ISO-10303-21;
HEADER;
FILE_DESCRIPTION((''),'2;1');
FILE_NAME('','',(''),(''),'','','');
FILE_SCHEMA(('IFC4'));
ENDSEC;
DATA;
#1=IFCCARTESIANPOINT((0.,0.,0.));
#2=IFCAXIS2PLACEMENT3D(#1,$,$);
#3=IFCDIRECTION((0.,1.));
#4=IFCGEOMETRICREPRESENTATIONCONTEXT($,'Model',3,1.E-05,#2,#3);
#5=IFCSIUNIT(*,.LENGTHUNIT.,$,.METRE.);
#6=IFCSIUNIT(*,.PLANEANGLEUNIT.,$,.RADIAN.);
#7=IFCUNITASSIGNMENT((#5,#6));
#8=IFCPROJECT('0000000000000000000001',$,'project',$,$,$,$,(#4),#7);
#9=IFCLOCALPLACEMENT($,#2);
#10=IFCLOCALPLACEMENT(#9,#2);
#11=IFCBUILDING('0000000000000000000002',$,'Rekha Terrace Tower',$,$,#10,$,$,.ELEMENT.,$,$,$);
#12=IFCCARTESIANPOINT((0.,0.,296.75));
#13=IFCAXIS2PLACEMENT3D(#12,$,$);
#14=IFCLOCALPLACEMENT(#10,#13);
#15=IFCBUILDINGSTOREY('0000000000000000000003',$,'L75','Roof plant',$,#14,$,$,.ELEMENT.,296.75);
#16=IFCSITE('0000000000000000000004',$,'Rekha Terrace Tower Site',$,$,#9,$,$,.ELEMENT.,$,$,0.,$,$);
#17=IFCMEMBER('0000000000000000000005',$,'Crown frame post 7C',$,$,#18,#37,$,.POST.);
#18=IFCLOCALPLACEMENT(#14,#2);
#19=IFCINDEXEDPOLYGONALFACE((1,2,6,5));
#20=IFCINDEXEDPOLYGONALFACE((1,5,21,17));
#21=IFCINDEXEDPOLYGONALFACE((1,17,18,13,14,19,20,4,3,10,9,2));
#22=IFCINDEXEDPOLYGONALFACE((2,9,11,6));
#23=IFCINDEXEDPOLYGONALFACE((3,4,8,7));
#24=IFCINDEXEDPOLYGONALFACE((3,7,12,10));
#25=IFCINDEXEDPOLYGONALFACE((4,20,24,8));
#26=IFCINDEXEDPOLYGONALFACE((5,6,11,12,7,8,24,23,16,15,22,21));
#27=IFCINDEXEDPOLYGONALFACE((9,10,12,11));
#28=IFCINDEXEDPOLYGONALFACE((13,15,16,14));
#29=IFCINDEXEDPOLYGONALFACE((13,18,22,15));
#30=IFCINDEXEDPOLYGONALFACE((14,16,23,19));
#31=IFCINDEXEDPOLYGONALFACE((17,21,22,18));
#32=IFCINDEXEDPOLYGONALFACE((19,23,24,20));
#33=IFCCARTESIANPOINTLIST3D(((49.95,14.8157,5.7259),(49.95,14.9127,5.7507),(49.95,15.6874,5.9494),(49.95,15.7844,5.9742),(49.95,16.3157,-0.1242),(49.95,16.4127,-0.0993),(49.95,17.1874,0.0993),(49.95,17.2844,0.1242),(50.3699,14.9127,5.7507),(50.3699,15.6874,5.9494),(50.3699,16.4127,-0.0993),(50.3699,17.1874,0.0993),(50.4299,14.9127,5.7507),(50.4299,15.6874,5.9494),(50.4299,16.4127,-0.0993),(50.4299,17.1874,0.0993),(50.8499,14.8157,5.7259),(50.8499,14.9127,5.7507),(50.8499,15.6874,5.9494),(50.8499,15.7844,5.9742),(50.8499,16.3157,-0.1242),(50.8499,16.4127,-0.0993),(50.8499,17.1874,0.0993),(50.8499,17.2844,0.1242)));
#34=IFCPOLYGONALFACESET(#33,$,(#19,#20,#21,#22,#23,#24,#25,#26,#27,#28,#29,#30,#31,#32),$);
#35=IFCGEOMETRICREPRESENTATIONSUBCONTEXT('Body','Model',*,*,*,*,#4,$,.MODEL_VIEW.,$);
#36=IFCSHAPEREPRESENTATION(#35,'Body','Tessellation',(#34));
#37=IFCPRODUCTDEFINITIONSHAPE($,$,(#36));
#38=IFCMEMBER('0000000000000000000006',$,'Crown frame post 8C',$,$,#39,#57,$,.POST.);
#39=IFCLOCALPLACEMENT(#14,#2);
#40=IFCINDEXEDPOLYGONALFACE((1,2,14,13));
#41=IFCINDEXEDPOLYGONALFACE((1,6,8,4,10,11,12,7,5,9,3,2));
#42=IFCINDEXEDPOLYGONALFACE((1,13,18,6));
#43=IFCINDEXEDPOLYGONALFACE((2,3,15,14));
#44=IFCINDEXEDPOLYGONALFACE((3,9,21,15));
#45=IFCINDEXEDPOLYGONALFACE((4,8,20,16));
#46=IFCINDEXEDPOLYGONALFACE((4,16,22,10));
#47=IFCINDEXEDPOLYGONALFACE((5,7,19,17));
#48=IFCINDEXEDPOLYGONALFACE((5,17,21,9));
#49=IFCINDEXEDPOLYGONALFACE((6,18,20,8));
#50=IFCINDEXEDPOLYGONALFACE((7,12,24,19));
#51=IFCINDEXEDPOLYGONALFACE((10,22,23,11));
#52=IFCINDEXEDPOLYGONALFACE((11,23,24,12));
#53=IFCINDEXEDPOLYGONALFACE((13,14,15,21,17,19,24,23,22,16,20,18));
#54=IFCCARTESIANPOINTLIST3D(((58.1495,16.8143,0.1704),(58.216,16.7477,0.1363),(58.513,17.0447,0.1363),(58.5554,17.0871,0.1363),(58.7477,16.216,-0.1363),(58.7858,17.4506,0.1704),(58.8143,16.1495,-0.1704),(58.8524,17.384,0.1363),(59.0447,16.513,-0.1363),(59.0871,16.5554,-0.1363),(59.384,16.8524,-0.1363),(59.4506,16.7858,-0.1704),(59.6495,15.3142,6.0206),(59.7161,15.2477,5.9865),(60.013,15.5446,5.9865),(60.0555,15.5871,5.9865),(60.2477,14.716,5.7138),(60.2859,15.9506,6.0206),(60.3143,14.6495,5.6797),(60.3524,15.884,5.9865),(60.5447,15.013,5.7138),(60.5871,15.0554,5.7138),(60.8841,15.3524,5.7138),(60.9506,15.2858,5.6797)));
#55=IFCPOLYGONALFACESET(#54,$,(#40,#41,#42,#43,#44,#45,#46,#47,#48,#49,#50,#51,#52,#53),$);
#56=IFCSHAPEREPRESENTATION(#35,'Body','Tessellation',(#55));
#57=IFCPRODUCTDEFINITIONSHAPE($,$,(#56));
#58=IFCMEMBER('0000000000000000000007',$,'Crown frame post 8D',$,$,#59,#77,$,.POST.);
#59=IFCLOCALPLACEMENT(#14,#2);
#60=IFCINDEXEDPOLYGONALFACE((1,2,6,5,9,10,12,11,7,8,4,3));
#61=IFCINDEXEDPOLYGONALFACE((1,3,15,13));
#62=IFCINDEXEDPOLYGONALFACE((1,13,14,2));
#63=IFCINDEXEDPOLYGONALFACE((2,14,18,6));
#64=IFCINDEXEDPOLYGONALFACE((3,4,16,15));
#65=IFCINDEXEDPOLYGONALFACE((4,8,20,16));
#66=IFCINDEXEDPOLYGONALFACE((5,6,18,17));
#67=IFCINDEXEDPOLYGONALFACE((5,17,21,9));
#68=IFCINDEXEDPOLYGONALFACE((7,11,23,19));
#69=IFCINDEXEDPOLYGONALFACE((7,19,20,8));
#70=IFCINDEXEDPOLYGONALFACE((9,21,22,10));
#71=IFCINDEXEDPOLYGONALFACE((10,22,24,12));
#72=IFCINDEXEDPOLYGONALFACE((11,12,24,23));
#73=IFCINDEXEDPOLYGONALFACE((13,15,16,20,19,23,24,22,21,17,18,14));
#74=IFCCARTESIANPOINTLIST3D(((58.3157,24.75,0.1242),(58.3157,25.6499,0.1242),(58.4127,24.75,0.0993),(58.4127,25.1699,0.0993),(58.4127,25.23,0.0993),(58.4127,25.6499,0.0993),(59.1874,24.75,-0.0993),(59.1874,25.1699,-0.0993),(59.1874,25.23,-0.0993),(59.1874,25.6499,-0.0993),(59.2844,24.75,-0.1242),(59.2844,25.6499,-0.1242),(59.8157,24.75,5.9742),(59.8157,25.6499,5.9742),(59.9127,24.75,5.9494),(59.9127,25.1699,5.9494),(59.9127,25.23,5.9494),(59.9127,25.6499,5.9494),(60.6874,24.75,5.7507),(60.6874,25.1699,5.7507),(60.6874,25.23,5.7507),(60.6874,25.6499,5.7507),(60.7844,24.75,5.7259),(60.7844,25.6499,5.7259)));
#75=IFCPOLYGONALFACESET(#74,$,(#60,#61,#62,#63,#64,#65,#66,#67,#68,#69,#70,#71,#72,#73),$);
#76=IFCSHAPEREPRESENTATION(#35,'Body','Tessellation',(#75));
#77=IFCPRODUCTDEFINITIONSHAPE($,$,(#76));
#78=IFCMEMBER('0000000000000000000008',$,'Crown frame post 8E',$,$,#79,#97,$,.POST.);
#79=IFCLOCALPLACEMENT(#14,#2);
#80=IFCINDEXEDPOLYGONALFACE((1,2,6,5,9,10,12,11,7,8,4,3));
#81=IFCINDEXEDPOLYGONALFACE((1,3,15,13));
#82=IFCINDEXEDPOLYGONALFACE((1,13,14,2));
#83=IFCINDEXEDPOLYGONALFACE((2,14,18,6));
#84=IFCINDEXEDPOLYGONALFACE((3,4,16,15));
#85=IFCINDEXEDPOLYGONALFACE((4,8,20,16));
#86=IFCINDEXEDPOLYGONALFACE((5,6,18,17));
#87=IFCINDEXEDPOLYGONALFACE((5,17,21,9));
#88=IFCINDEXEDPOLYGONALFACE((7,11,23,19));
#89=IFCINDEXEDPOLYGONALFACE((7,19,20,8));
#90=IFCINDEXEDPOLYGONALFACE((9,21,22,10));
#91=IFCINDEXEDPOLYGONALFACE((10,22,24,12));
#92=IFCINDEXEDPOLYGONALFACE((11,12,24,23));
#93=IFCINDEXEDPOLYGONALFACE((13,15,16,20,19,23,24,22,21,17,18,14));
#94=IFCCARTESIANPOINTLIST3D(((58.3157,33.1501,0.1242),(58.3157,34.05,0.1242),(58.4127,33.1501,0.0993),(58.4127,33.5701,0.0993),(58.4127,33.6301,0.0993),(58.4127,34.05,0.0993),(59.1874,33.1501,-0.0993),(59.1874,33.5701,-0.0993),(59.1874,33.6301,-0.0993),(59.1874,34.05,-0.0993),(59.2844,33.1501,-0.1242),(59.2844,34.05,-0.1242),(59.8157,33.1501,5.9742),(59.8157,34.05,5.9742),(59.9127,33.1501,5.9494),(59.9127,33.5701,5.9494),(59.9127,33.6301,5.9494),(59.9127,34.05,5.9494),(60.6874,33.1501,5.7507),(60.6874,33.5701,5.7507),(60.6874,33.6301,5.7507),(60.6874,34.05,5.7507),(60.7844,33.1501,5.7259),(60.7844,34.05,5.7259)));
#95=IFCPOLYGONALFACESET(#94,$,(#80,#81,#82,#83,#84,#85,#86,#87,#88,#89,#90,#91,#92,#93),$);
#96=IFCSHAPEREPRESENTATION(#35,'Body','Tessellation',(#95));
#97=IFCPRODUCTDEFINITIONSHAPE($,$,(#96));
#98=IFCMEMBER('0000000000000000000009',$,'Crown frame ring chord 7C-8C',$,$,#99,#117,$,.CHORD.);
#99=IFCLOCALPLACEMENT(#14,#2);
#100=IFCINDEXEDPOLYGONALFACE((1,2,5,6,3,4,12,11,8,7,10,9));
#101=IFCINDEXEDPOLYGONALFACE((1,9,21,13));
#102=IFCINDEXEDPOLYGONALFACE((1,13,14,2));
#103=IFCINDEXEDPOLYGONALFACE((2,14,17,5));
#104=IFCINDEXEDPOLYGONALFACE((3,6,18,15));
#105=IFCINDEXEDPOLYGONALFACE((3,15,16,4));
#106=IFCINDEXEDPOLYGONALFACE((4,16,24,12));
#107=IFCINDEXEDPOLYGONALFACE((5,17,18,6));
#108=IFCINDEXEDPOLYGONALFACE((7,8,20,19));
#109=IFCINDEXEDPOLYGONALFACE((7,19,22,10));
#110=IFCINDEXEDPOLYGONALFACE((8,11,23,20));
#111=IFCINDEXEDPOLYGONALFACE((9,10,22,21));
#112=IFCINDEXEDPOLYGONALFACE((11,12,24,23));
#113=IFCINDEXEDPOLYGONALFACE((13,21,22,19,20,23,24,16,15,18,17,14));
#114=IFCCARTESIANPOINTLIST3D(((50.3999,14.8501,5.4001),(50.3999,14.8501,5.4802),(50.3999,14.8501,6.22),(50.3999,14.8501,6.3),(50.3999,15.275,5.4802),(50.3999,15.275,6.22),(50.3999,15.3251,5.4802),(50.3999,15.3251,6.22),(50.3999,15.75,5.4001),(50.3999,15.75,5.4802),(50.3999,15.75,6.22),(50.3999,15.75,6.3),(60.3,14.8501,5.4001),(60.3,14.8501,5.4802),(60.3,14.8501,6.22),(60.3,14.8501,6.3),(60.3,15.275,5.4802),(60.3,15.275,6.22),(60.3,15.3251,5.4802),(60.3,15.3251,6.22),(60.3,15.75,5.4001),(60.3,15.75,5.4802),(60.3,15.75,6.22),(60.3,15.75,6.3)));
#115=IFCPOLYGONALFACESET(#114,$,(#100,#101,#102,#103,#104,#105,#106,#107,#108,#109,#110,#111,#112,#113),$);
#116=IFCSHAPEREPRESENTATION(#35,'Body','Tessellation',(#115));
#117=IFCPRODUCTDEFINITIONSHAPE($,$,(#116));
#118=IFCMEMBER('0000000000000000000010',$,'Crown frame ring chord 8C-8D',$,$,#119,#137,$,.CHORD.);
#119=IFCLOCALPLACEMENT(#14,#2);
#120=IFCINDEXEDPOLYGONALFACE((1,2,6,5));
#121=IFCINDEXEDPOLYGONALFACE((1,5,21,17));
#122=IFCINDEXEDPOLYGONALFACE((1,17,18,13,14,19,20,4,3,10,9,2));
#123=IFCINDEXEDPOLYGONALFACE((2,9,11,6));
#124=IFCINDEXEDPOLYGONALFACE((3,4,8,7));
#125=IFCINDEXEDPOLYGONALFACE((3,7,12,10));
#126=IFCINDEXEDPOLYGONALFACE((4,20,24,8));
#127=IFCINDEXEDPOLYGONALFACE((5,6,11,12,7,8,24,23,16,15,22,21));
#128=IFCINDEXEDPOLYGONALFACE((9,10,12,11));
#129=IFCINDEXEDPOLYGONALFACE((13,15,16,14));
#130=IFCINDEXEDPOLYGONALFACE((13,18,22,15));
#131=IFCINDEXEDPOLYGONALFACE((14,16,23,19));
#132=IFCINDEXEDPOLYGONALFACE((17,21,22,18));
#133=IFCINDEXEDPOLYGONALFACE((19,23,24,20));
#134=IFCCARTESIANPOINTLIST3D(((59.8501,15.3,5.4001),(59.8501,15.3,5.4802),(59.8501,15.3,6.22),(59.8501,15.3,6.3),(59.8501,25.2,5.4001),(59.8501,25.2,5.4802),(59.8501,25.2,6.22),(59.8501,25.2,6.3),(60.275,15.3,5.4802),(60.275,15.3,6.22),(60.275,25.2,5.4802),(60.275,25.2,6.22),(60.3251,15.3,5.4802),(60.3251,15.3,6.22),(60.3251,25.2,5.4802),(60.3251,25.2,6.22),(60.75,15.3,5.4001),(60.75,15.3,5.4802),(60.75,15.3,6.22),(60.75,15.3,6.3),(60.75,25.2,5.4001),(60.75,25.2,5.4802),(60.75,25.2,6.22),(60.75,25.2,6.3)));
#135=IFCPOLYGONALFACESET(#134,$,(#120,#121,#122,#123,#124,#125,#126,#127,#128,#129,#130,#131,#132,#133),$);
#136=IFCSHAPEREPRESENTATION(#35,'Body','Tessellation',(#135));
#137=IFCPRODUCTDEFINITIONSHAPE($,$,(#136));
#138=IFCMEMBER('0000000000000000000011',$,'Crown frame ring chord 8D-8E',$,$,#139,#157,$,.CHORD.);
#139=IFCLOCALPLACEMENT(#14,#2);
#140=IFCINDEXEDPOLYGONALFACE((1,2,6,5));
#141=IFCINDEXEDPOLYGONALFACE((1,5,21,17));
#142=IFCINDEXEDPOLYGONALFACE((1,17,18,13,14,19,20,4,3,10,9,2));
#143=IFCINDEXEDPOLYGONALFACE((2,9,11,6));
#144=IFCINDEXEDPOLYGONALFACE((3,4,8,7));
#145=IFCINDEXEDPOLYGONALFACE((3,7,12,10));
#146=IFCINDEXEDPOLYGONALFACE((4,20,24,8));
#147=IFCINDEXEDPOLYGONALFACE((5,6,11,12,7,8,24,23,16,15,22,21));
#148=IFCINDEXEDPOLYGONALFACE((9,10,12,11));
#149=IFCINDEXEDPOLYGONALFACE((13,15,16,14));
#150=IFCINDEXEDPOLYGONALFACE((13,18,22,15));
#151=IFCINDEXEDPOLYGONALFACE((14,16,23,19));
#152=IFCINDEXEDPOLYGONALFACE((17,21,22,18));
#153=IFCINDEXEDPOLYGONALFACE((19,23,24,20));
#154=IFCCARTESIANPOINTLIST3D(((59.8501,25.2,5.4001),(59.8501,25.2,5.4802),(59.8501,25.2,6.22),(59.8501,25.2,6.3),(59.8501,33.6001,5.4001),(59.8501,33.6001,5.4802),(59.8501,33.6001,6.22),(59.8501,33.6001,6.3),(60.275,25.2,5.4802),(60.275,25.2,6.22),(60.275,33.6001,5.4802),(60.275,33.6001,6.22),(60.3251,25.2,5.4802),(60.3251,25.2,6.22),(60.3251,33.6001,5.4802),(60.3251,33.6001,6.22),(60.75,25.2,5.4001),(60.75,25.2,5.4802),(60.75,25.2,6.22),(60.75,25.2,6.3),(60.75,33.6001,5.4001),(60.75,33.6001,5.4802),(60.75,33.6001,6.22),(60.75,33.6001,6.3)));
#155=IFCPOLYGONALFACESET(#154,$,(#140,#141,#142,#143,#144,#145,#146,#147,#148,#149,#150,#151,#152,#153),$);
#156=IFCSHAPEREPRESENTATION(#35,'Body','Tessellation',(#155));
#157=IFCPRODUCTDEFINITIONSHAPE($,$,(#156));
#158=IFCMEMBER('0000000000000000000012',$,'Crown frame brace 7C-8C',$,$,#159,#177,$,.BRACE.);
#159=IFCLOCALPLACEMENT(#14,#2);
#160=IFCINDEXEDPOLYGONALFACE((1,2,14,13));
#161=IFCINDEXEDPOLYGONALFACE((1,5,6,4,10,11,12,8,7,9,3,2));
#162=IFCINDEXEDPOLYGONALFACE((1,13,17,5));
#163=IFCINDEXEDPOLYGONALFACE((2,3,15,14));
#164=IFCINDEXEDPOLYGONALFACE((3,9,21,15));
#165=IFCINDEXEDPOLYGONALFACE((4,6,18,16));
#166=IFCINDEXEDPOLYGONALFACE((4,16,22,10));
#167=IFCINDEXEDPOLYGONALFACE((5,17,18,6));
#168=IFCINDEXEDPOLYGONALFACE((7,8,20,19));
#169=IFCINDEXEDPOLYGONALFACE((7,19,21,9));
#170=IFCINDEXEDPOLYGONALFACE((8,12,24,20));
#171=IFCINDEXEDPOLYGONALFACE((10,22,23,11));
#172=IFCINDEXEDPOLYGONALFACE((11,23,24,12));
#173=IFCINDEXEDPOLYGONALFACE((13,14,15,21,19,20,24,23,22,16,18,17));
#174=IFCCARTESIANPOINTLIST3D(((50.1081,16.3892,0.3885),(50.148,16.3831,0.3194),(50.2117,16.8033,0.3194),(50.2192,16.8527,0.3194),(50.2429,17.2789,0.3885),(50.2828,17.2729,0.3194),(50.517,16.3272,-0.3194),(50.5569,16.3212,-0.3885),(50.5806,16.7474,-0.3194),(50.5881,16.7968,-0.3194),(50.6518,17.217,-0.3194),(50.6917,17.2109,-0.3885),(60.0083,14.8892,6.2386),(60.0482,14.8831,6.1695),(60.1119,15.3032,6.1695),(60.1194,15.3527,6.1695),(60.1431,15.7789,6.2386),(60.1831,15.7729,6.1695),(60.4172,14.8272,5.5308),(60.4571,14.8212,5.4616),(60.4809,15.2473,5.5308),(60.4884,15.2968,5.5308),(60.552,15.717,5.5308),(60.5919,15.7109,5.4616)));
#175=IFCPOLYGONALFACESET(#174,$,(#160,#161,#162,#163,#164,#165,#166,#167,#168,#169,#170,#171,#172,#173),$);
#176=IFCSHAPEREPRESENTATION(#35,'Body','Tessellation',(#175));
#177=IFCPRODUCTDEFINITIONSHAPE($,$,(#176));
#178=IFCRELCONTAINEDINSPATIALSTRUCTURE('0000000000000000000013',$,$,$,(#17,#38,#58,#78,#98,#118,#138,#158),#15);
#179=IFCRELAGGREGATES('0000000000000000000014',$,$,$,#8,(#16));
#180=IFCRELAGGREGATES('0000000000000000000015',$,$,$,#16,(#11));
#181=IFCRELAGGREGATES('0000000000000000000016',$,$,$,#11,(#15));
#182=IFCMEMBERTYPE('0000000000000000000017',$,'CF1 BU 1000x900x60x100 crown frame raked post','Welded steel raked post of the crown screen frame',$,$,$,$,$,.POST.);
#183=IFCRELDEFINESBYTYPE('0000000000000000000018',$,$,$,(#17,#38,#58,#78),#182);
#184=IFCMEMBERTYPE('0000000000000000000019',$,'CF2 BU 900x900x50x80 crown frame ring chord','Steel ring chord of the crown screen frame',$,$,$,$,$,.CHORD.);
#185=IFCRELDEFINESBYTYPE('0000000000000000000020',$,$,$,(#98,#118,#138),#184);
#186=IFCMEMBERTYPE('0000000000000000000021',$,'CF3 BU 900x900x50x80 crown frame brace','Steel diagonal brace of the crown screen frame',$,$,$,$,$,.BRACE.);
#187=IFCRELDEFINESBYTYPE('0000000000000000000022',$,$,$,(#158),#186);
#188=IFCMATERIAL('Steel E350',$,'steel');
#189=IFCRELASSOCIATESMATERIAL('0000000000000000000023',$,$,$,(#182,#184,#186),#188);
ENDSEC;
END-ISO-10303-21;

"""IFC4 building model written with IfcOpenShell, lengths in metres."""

from ifc_helpers import new_model, si_unit, direction, frame, origin, origin_2d, place, context, subcontext, project, spatial, i_section, extrude, material, material_profile, profile_set, type_object, element, save


model = new_model("IFC4")

# Units and contexts
model_context = context("Model", 3, precision=1e-05, world=origin(), true_north=direction((0.0, 1.0)))
body_context = subcontext(model_context, "Body", "Model", "MODEL_VIEW")
ifc_project = project(units=[si_unit("LENGTHUNIT", "METRE"), si_unit("PLANEANGLEUNIT", "RADIAN")], contexts=[model_context])

# Site, building, storey
site_placement = place(None, origin())
site = spatial("IfcSite", under=ifc_project, at=site_placement, Name="Rekha Terrace Tower Site", CompositionType="ELEMENT", RefElevation=0.0)
building_placement = place(site_placement, origin())
building = spatial("IfcBuilding", under=site, at=building_placement, Name="Rekha Terrace Tower", CompositionType="ELEMENT")
storey_placement = place(building_placement, frame((0.0, 0.0, 296.75)))
storey = spatial("IfcBuildingStorey", under=building, at=storey_placement, Name="L75", Description="Roof plant", CompositionType="ELEMENT", Elevation=296.75)

# Members
ifc_material_1 = material(Name="Steel E350", Category="steel")
ifc_material_profile_1 = material_profile(ifc_material_1, i_section(OverallWidth=0.8999, OverallDepth=1.0, WebThickness=0.0601, FlangeThickness=0.1001, at=origin_2d()), Name="BU 1000x900x60x100")
ifc_profile_set_1 = profile_set([ifc_material_profile_1], Name="Steel E350")
member_type_1 = type_object("IfcMemberType", Name="CF1 BU 1000x900x60x100 crown frame raked post", Description="Welded steel raked post of the crown screen frame", PredefinedType="POST", material=ifc_profile_set_1)
member_1_placement = place(storey_placement, frame((50.3999, 16.8, 0.0), z_axis=(0.0, -0.248371, 0.968665), x_axis=(1.0, 0.0, 0.0)))
element("IfcMember", 1, at=member_1_placement, inside=storey, type_object=member_type_1, Name="Crown frame post 7C", PredefinedType="POST", context=body_context, shape_type="SweptSolid", body=[
    extrude(i_section(OverallWidth=0.8999, OverallDepth=1.0, WebThickness=0.0601, FlangeThickness=0.1001, at=origin_2d()), origin(), (0.0, 0.0, 1.0), 6.0393),
])
member_2_placement = place(storey_placement, frame((58.8, 16.8, 0.0), z_axis=(0.241048, -0.241048, 0.940102), x_axis=(0.707107, 0.707107, 0.0)))
element("IfcMember", 2, at=member_2_placement, inside=storey, type_object=member_type_1, Name="Crown frame post 8C", PredefinedType="POST", context=body_context, shape_type="SweptSolid", body=[
    extrude(i_section(OverallWidth=0.8999, OverallDepth=1.0, WebThickness=0.0601, FlangeThickness=0.1001, at=origin_2d()), origin(), (0.0, 0.0, 1.0), 6.2229),
])
for number, where, z_axis, x_axis, name in (
    (3, (58.8, 25.2, 0.0), (0.248371, 0.0, 0.968665), (0.0, 1.0, 0.0), "Crown frame post 8D"),
    (4, (58.8, 33.6001, 0.0), (0.248371, 0.0, 0.968665), (0.0, 1.0, 0.0), "Crown frame post 8E"),
):
    element("IfcMember", number, at=place(storey_placement, frame(where, z_axis=z_axis, x_axis=x_axis)), inside=storey, type_object=member_type_1, Name=name, PredefinedType="POST", context=body_context, shape_type="SweptSolid", body=[
        extrude(i_section(OverallWidth=0.8999, OverallDepth=1.0, WebThickness=0.0601, FlangeThickness=0.1001, at=origin_2d()), origin(), (0.0, 0.0, 1.0), 6.0393),
    ])
ifc_material_profile_2 = material_profile(ifc_material_1, i_section(OverallWidth=0.8999, OverallDepth=0.8999, WebThickness=0.05, FlangeThickness=0.0801, at=origin_2d()), Name="BU 900x900x50x80")
ifc_profile_set_2 = profile_set([ifc_material_profile_2], Name="Steel E350")
member_type_2 = type_object("IfcMemberType", Name="CF2 BU 900x900x50x80 crown frame ring chord", Description="Steel ring chord of the crown screen frame", PredefinedType="CHORD", material=ifc_profile_set_2)
member_3_placement = place(storey_placement, frame((50.3999, 15.3, 5.8501), z_axis=(1.0, 0.0, 0.0), x_axis=(0.0, 1.0, 0.0)))
element("IfcMember", 5, at=member_3_placement, inside=storey, type_object=member_type_2, Name="Crown frame ring chord 7C-8C", PredefinedType="CHORD", context=body_context, shape_type="SweptSolid", body=[
    extrude(i_section(OverallWidth=0.8999, OverallDepth=0.8999, WebThickness=0.05, FlangeThickness=0.0801, at=origin_2d()), origin(), (0.0, 0.0, 1.0), 9.9001),
])
member_4_placement = place(storey_placement, frame((60.3, 15.3, 5.8501), z_axis=(0.0, 1.0, 0.0), x_axis=(-1.0, 0.0, 0.0)))
element("IfcMember", 6, at=member_4_placement, inside=storey, type_object=member_type_2, Name="Crown frame ring chord 8C-8D", PredefinedType="CHORD", context=body_context, shape_type="SweptSolid", body=[
    extrude(i_section(OverallWidth=0.8999, OverallDepth=0.8999, WebThickness=0.05, FlangeThickness=0.0801, at=origin_2d()), origin(), (0.0, 0.0, 1.0), 9.8999),
])
member_5_placement = place(storey_placement, frame((60.3, 25.2, 5.8501), z_axis=(0.0, 1.0, 0.0), x_axis=(-1.0, 0.0, 0.0)))
element("IfcMember", 7, at=member_5_placement, inside=storey, type_object=member_type_2, Name="Crown frame ring chord 8D-8E", PredefinedType="CHORD", context=body_context, shape_type="SweptSolid", body=[
    extrude(i_section(OverallWidth=0.8999, OverallDepth=0.8999, WebThickness=0.05, FlangeThickness=0.0801, at=origin_2d()), origin(), (0.0, 0.0, 1.0), 8.4001),
])
ifc_material_profile_3 = material_profile(ifc_material_1, i_section(OverallWidth=0.8999, OverallDepth=0.8999, WebThickness=0.05, FlangeThickness=0.0801, at=origin_2d()), Name="BU 900x900x50x80")
ifc_profile_set_3 = profile_set([ifc_material_profile_3], Name="Steel E350")
member_type_3 = type_object("IfcMemberType", Name="CF3 BU 900x900x50x80 crown frame brace", Description="Steel diagonal brace of the crown screen frame", PredefinedType="BRACE", material=ifc_profile_set_3)
member_6_placement = place(storey_placement, frame((50.3999, 16.8, 0.0), z_axis=(0.853694, -0.129346, 0.504456), x_axis=(0.149803, 0.988716, 0.0)))
element("IfcMember", 8, at=member_6_placement, inside=storey, type_object=member_type_3, Name="Crown frame brace 7C-8C", PredefinedType="BRACE", context=body_context, shape_type="SweptSolid", body=[
    extrude(i_section(OverallWidth=0.8999, OverallDepth=0.8999, WebThickness=0.05, FlangeThickness=0.0801, at=origin_2d()), origin(), (0.0, 0.0, 1.0), 11.5969),
])

save(model, "model.ifc")
